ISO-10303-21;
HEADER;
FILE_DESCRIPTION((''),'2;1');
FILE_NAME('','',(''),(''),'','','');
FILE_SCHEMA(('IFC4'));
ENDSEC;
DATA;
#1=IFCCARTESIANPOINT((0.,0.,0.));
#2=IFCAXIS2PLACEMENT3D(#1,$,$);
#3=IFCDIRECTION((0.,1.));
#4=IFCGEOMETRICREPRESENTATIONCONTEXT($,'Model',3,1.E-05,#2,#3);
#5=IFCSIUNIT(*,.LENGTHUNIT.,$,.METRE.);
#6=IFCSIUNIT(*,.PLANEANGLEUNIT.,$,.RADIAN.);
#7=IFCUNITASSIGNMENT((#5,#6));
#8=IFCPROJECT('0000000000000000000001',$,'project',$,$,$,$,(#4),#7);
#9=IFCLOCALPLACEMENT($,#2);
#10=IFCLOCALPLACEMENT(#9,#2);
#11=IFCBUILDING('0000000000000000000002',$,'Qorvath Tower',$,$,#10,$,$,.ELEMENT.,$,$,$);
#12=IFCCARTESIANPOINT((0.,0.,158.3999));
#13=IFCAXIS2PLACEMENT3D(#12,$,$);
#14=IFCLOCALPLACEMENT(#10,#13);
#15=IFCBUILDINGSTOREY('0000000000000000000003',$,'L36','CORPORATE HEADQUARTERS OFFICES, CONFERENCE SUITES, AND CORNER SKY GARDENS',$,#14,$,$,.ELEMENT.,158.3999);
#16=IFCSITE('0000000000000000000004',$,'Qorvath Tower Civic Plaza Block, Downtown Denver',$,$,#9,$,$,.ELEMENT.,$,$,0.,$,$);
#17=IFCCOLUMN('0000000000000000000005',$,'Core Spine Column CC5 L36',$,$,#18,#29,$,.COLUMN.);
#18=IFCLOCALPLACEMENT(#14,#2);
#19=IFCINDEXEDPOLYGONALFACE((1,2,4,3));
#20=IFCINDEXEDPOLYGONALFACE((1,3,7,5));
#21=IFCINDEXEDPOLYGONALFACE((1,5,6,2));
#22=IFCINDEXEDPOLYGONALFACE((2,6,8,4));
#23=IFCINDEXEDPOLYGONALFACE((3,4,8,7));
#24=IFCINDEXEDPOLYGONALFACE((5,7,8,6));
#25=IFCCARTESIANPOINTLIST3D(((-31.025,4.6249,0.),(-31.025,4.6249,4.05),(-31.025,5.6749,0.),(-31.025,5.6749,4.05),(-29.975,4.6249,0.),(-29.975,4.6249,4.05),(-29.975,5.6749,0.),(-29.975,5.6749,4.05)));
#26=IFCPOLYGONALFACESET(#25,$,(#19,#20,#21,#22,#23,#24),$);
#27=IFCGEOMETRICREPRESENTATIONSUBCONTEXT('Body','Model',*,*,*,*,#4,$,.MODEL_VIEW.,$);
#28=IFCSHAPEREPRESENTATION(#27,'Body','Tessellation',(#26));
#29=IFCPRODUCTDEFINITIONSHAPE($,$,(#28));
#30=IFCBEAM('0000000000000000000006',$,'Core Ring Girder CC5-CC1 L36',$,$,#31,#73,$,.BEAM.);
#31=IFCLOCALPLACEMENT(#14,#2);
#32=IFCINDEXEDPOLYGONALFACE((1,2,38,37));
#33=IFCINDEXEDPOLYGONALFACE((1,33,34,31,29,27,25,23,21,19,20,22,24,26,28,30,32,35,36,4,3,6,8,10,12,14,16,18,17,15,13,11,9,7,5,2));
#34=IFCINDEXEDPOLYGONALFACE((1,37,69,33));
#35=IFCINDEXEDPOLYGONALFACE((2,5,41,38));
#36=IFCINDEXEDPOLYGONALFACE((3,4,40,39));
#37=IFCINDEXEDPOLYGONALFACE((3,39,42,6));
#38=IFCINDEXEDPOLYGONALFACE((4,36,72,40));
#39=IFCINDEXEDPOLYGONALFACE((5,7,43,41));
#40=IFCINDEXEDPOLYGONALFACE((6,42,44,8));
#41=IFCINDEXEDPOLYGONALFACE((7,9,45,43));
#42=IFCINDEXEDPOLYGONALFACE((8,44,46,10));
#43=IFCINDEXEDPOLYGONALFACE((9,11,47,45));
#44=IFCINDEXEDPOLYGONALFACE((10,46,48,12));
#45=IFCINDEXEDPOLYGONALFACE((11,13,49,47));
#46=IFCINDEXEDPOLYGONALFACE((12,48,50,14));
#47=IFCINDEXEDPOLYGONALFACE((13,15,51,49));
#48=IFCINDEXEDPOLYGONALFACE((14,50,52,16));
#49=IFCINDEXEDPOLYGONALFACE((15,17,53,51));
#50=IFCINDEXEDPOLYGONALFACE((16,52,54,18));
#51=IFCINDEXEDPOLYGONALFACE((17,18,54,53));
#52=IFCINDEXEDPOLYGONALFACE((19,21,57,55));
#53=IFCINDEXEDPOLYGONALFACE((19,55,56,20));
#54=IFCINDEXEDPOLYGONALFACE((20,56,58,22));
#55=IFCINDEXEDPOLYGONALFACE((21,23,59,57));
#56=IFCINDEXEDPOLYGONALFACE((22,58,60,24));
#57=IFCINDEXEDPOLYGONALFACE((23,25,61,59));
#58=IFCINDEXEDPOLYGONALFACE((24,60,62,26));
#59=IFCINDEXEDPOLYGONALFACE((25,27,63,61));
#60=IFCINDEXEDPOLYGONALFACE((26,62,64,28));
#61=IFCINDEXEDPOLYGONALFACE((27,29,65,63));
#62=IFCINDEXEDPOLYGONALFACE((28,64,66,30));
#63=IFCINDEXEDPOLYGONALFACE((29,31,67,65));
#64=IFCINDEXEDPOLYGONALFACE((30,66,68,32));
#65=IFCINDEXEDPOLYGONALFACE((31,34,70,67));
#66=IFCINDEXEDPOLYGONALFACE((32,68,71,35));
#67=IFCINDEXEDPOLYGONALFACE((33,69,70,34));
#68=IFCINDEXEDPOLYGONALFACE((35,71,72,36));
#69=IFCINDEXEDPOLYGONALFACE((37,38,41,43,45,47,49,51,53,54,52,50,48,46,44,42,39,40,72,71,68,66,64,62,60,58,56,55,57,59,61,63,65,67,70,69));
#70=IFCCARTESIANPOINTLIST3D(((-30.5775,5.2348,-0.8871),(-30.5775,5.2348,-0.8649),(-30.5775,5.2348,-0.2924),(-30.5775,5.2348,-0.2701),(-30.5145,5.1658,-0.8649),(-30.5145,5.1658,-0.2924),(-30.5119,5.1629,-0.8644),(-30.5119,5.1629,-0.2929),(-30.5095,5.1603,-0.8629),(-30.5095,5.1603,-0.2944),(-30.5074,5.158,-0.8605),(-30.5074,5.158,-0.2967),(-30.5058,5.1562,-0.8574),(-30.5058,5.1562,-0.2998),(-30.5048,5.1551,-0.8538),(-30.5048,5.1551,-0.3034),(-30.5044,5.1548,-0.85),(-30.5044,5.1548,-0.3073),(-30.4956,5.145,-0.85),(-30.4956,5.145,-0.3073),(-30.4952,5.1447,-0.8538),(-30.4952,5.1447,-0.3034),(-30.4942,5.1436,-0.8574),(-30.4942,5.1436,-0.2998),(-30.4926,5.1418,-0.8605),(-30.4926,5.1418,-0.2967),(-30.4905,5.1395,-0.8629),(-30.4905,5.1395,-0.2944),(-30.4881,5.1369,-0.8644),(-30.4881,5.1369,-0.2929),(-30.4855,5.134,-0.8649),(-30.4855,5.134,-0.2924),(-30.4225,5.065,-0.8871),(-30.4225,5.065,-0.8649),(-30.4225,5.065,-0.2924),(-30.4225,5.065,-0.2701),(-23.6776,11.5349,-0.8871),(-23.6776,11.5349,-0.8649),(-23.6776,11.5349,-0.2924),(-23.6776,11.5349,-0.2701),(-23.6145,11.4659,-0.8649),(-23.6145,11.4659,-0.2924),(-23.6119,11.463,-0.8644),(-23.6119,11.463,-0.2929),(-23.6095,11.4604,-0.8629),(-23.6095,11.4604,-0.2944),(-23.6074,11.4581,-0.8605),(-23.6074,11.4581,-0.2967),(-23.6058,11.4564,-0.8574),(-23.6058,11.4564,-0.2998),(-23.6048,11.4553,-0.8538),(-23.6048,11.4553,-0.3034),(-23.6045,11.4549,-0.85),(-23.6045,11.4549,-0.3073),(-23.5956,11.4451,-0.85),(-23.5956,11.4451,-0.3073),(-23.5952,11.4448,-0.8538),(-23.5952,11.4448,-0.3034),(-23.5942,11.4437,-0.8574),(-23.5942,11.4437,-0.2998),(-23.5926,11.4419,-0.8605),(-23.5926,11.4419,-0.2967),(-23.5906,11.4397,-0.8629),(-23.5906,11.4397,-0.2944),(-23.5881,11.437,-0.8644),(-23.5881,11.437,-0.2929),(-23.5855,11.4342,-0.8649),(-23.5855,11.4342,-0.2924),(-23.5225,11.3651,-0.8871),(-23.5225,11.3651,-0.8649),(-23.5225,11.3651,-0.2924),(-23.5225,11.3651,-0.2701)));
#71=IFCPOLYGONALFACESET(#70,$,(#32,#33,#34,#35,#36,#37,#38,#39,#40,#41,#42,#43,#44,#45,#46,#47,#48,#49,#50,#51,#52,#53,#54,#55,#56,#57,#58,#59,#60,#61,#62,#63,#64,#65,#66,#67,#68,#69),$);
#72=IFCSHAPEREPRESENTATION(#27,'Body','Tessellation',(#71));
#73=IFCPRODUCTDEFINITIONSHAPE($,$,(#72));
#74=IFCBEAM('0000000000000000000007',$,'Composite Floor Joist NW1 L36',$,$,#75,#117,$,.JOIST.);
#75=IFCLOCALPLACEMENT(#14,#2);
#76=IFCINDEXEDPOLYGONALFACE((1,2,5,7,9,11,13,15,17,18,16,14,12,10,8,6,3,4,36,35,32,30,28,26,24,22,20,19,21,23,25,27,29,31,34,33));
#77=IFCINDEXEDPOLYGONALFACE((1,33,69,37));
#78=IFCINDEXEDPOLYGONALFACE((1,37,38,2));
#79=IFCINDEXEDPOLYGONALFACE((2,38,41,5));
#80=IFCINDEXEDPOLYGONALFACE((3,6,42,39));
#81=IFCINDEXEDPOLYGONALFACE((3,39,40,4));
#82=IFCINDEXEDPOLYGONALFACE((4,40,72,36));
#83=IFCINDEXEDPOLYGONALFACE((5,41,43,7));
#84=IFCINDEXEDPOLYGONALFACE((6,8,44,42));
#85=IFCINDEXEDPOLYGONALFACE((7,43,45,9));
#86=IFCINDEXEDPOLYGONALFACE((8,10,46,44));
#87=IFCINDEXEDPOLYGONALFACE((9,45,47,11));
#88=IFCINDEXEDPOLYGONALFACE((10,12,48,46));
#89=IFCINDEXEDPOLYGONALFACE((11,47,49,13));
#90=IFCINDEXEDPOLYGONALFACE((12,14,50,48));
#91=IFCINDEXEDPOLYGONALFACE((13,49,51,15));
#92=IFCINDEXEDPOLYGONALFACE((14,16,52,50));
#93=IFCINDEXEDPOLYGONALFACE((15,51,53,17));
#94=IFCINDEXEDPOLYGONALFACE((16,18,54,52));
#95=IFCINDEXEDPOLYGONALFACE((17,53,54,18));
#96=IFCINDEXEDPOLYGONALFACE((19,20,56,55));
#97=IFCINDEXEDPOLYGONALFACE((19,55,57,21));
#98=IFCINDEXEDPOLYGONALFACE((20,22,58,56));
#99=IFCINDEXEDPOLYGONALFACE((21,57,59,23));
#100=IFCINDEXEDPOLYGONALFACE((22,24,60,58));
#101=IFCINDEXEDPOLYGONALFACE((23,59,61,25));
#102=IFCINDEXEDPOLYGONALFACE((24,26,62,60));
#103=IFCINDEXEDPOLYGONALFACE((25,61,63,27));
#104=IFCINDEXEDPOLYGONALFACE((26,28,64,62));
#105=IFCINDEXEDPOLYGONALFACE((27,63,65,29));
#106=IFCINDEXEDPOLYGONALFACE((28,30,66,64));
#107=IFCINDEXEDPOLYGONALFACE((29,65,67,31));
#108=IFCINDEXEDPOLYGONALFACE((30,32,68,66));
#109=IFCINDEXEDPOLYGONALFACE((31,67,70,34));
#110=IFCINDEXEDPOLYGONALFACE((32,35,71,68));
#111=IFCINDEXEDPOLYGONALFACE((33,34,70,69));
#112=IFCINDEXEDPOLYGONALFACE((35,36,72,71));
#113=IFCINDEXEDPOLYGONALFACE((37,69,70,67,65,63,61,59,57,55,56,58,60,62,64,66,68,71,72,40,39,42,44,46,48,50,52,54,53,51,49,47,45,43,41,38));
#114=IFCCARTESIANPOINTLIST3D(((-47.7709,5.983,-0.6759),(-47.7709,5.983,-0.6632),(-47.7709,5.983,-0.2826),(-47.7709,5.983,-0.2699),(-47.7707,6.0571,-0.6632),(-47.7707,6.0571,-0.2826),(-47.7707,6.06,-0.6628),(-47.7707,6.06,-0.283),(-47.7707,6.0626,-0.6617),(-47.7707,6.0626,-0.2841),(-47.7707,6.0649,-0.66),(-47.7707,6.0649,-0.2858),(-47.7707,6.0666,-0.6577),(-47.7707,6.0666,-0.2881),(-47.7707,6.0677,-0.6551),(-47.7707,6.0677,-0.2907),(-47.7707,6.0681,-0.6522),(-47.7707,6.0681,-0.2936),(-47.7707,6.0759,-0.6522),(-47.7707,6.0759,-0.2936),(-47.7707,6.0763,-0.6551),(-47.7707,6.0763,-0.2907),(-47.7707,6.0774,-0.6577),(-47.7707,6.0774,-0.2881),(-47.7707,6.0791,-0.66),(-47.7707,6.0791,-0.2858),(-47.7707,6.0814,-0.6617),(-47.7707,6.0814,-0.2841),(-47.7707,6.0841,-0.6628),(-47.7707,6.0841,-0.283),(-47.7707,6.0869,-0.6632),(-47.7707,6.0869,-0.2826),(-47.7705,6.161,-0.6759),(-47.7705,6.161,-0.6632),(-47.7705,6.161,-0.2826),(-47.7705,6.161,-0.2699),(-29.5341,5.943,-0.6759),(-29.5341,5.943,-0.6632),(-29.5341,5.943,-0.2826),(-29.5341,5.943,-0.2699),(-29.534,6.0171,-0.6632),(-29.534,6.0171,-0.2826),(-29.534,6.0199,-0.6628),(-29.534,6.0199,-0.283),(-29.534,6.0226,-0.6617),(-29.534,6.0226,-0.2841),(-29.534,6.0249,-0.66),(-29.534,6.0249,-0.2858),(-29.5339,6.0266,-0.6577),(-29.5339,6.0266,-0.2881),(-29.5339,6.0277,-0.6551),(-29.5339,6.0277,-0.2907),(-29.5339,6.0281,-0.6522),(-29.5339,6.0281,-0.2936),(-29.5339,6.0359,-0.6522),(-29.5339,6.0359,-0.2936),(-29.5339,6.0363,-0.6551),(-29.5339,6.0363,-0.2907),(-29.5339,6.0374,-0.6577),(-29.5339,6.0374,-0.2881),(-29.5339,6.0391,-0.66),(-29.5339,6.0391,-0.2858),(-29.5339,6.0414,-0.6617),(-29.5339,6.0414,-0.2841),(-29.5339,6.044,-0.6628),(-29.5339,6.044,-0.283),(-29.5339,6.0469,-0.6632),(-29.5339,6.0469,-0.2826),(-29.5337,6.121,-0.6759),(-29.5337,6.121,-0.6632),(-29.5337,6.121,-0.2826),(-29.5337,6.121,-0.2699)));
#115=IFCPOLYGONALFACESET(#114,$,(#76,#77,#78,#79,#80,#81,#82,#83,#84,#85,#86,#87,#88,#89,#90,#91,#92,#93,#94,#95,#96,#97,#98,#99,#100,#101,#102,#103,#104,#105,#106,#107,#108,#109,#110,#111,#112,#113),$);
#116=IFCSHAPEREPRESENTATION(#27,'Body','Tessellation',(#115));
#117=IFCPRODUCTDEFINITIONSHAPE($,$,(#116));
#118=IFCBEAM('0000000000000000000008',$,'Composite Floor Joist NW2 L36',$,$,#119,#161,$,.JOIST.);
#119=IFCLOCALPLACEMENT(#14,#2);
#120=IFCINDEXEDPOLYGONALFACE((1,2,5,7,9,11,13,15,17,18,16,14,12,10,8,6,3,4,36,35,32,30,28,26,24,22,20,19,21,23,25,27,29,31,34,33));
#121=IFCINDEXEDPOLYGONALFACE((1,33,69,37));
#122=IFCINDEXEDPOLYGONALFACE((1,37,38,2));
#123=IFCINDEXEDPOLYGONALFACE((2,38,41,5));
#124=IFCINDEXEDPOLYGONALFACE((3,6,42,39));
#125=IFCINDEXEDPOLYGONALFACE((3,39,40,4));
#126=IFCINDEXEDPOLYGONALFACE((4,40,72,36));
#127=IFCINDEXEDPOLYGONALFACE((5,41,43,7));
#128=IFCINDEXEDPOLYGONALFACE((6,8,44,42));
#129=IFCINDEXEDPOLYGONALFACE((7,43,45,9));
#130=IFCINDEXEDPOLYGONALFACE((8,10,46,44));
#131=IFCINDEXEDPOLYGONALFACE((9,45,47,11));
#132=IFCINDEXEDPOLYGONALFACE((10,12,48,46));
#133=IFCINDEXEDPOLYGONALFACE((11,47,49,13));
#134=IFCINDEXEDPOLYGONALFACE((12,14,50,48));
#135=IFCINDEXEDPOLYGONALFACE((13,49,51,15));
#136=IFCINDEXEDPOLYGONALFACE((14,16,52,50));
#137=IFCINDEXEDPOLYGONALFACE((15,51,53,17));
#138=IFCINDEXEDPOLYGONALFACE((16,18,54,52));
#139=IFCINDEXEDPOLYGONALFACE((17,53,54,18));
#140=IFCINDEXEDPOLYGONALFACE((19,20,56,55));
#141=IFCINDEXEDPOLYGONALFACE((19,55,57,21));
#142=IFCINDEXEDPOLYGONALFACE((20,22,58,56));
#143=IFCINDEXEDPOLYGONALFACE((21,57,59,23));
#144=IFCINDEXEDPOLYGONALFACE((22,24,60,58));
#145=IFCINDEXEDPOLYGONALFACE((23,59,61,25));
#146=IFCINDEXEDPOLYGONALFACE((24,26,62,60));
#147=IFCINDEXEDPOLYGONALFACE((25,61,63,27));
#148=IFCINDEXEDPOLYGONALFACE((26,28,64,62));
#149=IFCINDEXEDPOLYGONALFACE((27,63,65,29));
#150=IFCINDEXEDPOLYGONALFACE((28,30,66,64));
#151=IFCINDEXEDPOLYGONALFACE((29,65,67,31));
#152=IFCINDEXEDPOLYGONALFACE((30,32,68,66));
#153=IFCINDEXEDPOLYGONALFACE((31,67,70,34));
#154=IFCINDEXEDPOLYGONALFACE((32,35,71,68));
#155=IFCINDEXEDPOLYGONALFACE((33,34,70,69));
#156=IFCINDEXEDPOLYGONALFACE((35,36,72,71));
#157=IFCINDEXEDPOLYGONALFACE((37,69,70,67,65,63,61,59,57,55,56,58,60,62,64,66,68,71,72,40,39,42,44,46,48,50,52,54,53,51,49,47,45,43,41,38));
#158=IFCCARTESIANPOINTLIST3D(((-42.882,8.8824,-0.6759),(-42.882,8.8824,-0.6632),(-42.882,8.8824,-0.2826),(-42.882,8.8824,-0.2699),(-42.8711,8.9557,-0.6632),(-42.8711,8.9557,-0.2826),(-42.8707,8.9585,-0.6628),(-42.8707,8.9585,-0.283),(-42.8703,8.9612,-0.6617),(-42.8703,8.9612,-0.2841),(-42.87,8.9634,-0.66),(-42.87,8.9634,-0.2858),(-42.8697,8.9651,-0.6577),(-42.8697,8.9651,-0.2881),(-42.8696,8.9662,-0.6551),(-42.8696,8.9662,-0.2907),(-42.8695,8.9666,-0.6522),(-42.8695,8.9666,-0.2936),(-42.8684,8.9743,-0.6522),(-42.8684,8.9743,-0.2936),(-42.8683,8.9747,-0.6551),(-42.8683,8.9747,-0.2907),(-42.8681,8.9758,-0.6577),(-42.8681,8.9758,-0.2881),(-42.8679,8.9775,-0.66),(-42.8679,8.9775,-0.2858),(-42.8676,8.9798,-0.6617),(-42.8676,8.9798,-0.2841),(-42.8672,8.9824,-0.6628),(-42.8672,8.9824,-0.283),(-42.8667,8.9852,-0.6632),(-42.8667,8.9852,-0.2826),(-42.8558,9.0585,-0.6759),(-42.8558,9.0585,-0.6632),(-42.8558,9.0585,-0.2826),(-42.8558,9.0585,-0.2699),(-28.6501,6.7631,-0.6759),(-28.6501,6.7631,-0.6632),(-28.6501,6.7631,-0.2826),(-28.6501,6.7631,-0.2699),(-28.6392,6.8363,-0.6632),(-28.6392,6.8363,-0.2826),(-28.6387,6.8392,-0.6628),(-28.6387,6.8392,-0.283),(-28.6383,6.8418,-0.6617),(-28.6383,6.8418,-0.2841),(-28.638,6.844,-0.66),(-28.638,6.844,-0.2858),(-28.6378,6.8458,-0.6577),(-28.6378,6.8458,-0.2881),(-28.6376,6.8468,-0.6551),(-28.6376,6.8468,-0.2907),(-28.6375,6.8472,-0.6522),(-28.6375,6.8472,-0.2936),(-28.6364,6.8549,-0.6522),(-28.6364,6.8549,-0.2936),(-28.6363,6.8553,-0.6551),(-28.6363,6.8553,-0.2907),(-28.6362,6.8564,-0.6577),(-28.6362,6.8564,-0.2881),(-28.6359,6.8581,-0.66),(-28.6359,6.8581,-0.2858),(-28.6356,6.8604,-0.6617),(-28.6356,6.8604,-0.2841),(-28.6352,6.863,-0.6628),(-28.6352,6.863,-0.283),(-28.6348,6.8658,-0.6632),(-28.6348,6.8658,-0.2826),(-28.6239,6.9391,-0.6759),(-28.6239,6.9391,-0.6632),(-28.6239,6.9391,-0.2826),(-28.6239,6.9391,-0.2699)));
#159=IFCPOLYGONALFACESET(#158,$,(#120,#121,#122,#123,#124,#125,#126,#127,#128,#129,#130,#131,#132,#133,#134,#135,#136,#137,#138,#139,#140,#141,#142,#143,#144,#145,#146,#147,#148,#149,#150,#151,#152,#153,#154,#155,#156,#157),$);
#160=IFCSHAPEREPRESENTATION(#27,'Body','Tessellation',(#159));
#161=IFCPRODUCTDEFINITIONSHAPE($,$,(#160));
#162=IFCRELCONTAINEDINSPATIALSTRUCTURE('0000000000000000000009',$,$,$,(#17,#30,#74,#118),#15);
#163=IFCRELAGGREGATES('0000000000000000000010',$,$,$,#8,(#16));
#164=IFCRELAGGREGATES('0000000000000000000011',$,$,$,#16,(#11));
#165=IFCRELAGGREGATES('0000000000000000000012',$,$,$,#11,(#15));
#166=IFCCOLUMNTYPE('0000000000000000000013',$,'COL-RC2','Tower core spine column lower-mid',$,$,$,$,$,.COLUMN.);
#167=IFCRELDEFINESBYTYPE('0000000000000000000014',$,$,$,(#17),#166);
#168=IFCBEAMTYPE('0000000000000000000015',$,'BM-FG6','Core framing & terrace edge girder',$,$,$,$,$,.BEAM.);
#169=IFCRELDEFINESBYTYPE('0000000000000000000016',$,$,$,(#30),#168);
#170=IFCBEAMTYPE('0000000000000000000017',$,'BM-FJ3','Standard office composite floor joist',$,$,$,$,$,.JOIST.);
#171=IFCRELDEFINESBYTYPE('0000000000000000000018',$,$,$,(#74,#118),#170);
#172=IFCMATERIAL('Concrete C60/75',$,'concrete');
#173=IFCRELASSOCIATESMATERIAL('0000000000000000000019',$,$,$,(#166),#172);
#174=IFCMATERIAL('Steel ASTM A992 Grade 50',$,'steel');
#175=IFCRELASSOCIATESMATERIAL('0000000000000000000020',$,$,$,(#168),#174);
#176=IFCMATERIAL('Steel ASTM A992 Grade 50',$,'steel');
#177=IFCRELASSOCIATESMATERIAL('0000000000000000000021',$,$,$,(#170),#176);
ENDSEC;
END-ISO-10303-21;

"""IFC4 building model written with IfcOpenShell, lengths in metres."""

from ifc_helpers import new_model, si_unit, direction, frame, origin, origin_2d, place, context, subcontext, project, spatial, rectangle, i_section, extrude, material, material_profile, profile_set, type_object, element, save


model = new_model("IFC4")

# Units and contexts
model_context = context("Model", 3, precision=1e-05, world=origin(), true_north=direction((0.0, 1.0)))
body_context = subcontext(model_context, "Body", "Model", "MODEL_VIEW")
ifc_project = project(units=[si_unit("LENGTHUNIT", "METRE"), si_unit("PLANEANGLEUNIT", "RADIAN")], contexts=[model_context])

# Site, building, storey
site_placement = place(None, origin())
site = spatial("IfcSite", under=ifc_project, at=site_placement, Name="Qorvath Tower Civic Plaza Block, Downtown Denver", CompositionType="ELEMENT", RefElevation=0.0)
building_placement = place(site_placement, origin())
building = spatial("IfcBuilding", under=site, at=building_placement, Name="Qorvath Tower", CompositionType="ELEMENT")
storey_placement = place(building_placement, frame((0.0, 0.0, 158.3999)))
storey = spatial("IfcBuildingStorey", under=building, at=storey_placement, Name="L36", Description="CORPORATE HEADQUARTERS OFFICES, CONFERENCE SUITES, AND CORNER SKY GARDENS", CompositionType="ELEMENT", Elevation=158.3999)

# Column
ifc_material_1 = material(Name="Concrete C60/75", Category="concrete")
ifc_material_profile_1 = material_profile(ifc_material_1, rectangle(XDim=1.05, YDim=1.05, at=origin_2d()), Name="RC 1050x1050")
ifc_profile_set_1 = profile_set([ifc_material_profile_1], Name="Concrete C60/75")
column_type = type_object("IfcColumnType", Name="COL-RC2", Description="Tower core spine column lower-mid", PredefinedType="COLUMN", material=ifc_profile_set_1)
column_placement = place(storey_placement, frame((-30.5, 5.1499, 0.0), z_axis=(0.0, 0.0, 1.0), x_axis=(1.0, 0.0, 0.0)))
element("IfcColumn", 1, at=column_placement, inside=storey, type_object=column_type, Name="Core Spine Column CC5 L36", PredefinedType="COLUMN", context=body_context, shape_type="SweptSolid", body=[
    extrude(rectangle(XDim=1.05, YDim=1.05, at=origin_2d()), origin(), (0.0, 0.0, 1.0), 4.05),
])

# Beams
ifc_material_2 = material(Name="Steel ASTM A992 Grade 50", Category="steel")
ifc_material_profile_2 = material_profile(ifc_material_2, i_section(OverallWidth=0.23, OverallDepth=0.6169, WebThickness=0.0132, FlangeThickness=0.0222, FilletRadius=0.0149, at=origin_2d()), Name="W24x94")
ifc_profile_set_2 = profile_set([ifc_material_profile_2], Name="Steel ASTM A992 Grade 50")
beam_type_1 = type_object("IfcBeamType", Name="BM-FG6", Description="Core framing & terrace edge girder", PredefinedType="BEAM", material=ifc_profile_set_2)
beam_1_placement = place(storey_placement, frame((-30.5, 5.1499, -0.5786), z_axis=(0.738478, 0.674277, 0.0), x_axis=(-0.674277, 0.738478, 0.0)))
element("IfcBeam", 2, at=beam_1_placement, inside=storey, type_object=beam_type_1, Name="Core Ring Girder CC5-CC1 L36", PredefinedType="BEAM", context=body_context, shape_type="SweptSolid", body=[
    extrude(i_section(OverallWidth=0.23, OverallDepth=0.6169, WebThickness=0.0132, FlangeThickness=0.0222, FilletRadius=0.0149, at=origin_2d()), origin(), (0.0, 0.0, 1.0), 9.3435),
])
ifc_material_3 = material(Name="Steel ASTM A992 Grade 50", Category="steel")
ifc_material_profile_3 = material_profile(ifc_material_3, i_section(OverallWidth=0.178, OverallDepth=0.406, WebThickness=0.0078, FlangeThickness=0.0127, FilletRadius=0.011, at=origin_2d()), Name="W16x40")
ifc_profile_set_3 = profile_set([ifc_material_profile_3], Name="Steel ASTM A992 Grade 50")
beam_type_2 = type_object("IfcBeamType", Name="BM-FJ3", Description="Standard office composite floor joist", PredefinedType="JOIST", material=ifc_profile_set_3)
beam_2_placement = place(storey_placement, frame((-29.5339, 6.032, -0.4729), z_axis=(-0.999998, 0.002196, 0.0), x_axis=(-0.002196, -0.999998, 0.0)))
element("IfcBeam", 3, at=beam_2_placement, inside=storey, type_object=beam_type_2, Name="Composite Floor Joist NW1 L36", PredefinedType="JOIST", context=body_context, shape_type="SweptSolid", body=[
    extrude(i_section(OverallWidth=0.178, OverallDepth=0.406, WebThickness=0.0078, FlangeThickness=0.0127, FilletRadius=0.011, at=origin_2d()), origin(), (0.0, 0.0, 1.0), 18.2368),
])
beam_3_placement = place(storey_placement, frame((-28.637, 6.8511, -0.4729), z_axis=(-0.989093, 0.147293, 0.0), x_axis=(-0.147293, -0.989093, 0.0)))
element("IfcBeam", 4, at=beam_3_placement, inside=storey, type_object=beam_type_2, Name="Composite Floor Joist NW2 L36", PredefinedType="JOIST", context=body_context, shape_type="SweptSolid", body=[
    extrude(i_section(OverallWidth=0.178, OverallDepth=0.406, WebThickness=0.0078, FlangeThickness=0.0127, FilletRadius=0.011, at=origin_2d()), origin(), (0.0, 0.0, 1.0), 14.3889),
])

save(model, "model.ifc")
